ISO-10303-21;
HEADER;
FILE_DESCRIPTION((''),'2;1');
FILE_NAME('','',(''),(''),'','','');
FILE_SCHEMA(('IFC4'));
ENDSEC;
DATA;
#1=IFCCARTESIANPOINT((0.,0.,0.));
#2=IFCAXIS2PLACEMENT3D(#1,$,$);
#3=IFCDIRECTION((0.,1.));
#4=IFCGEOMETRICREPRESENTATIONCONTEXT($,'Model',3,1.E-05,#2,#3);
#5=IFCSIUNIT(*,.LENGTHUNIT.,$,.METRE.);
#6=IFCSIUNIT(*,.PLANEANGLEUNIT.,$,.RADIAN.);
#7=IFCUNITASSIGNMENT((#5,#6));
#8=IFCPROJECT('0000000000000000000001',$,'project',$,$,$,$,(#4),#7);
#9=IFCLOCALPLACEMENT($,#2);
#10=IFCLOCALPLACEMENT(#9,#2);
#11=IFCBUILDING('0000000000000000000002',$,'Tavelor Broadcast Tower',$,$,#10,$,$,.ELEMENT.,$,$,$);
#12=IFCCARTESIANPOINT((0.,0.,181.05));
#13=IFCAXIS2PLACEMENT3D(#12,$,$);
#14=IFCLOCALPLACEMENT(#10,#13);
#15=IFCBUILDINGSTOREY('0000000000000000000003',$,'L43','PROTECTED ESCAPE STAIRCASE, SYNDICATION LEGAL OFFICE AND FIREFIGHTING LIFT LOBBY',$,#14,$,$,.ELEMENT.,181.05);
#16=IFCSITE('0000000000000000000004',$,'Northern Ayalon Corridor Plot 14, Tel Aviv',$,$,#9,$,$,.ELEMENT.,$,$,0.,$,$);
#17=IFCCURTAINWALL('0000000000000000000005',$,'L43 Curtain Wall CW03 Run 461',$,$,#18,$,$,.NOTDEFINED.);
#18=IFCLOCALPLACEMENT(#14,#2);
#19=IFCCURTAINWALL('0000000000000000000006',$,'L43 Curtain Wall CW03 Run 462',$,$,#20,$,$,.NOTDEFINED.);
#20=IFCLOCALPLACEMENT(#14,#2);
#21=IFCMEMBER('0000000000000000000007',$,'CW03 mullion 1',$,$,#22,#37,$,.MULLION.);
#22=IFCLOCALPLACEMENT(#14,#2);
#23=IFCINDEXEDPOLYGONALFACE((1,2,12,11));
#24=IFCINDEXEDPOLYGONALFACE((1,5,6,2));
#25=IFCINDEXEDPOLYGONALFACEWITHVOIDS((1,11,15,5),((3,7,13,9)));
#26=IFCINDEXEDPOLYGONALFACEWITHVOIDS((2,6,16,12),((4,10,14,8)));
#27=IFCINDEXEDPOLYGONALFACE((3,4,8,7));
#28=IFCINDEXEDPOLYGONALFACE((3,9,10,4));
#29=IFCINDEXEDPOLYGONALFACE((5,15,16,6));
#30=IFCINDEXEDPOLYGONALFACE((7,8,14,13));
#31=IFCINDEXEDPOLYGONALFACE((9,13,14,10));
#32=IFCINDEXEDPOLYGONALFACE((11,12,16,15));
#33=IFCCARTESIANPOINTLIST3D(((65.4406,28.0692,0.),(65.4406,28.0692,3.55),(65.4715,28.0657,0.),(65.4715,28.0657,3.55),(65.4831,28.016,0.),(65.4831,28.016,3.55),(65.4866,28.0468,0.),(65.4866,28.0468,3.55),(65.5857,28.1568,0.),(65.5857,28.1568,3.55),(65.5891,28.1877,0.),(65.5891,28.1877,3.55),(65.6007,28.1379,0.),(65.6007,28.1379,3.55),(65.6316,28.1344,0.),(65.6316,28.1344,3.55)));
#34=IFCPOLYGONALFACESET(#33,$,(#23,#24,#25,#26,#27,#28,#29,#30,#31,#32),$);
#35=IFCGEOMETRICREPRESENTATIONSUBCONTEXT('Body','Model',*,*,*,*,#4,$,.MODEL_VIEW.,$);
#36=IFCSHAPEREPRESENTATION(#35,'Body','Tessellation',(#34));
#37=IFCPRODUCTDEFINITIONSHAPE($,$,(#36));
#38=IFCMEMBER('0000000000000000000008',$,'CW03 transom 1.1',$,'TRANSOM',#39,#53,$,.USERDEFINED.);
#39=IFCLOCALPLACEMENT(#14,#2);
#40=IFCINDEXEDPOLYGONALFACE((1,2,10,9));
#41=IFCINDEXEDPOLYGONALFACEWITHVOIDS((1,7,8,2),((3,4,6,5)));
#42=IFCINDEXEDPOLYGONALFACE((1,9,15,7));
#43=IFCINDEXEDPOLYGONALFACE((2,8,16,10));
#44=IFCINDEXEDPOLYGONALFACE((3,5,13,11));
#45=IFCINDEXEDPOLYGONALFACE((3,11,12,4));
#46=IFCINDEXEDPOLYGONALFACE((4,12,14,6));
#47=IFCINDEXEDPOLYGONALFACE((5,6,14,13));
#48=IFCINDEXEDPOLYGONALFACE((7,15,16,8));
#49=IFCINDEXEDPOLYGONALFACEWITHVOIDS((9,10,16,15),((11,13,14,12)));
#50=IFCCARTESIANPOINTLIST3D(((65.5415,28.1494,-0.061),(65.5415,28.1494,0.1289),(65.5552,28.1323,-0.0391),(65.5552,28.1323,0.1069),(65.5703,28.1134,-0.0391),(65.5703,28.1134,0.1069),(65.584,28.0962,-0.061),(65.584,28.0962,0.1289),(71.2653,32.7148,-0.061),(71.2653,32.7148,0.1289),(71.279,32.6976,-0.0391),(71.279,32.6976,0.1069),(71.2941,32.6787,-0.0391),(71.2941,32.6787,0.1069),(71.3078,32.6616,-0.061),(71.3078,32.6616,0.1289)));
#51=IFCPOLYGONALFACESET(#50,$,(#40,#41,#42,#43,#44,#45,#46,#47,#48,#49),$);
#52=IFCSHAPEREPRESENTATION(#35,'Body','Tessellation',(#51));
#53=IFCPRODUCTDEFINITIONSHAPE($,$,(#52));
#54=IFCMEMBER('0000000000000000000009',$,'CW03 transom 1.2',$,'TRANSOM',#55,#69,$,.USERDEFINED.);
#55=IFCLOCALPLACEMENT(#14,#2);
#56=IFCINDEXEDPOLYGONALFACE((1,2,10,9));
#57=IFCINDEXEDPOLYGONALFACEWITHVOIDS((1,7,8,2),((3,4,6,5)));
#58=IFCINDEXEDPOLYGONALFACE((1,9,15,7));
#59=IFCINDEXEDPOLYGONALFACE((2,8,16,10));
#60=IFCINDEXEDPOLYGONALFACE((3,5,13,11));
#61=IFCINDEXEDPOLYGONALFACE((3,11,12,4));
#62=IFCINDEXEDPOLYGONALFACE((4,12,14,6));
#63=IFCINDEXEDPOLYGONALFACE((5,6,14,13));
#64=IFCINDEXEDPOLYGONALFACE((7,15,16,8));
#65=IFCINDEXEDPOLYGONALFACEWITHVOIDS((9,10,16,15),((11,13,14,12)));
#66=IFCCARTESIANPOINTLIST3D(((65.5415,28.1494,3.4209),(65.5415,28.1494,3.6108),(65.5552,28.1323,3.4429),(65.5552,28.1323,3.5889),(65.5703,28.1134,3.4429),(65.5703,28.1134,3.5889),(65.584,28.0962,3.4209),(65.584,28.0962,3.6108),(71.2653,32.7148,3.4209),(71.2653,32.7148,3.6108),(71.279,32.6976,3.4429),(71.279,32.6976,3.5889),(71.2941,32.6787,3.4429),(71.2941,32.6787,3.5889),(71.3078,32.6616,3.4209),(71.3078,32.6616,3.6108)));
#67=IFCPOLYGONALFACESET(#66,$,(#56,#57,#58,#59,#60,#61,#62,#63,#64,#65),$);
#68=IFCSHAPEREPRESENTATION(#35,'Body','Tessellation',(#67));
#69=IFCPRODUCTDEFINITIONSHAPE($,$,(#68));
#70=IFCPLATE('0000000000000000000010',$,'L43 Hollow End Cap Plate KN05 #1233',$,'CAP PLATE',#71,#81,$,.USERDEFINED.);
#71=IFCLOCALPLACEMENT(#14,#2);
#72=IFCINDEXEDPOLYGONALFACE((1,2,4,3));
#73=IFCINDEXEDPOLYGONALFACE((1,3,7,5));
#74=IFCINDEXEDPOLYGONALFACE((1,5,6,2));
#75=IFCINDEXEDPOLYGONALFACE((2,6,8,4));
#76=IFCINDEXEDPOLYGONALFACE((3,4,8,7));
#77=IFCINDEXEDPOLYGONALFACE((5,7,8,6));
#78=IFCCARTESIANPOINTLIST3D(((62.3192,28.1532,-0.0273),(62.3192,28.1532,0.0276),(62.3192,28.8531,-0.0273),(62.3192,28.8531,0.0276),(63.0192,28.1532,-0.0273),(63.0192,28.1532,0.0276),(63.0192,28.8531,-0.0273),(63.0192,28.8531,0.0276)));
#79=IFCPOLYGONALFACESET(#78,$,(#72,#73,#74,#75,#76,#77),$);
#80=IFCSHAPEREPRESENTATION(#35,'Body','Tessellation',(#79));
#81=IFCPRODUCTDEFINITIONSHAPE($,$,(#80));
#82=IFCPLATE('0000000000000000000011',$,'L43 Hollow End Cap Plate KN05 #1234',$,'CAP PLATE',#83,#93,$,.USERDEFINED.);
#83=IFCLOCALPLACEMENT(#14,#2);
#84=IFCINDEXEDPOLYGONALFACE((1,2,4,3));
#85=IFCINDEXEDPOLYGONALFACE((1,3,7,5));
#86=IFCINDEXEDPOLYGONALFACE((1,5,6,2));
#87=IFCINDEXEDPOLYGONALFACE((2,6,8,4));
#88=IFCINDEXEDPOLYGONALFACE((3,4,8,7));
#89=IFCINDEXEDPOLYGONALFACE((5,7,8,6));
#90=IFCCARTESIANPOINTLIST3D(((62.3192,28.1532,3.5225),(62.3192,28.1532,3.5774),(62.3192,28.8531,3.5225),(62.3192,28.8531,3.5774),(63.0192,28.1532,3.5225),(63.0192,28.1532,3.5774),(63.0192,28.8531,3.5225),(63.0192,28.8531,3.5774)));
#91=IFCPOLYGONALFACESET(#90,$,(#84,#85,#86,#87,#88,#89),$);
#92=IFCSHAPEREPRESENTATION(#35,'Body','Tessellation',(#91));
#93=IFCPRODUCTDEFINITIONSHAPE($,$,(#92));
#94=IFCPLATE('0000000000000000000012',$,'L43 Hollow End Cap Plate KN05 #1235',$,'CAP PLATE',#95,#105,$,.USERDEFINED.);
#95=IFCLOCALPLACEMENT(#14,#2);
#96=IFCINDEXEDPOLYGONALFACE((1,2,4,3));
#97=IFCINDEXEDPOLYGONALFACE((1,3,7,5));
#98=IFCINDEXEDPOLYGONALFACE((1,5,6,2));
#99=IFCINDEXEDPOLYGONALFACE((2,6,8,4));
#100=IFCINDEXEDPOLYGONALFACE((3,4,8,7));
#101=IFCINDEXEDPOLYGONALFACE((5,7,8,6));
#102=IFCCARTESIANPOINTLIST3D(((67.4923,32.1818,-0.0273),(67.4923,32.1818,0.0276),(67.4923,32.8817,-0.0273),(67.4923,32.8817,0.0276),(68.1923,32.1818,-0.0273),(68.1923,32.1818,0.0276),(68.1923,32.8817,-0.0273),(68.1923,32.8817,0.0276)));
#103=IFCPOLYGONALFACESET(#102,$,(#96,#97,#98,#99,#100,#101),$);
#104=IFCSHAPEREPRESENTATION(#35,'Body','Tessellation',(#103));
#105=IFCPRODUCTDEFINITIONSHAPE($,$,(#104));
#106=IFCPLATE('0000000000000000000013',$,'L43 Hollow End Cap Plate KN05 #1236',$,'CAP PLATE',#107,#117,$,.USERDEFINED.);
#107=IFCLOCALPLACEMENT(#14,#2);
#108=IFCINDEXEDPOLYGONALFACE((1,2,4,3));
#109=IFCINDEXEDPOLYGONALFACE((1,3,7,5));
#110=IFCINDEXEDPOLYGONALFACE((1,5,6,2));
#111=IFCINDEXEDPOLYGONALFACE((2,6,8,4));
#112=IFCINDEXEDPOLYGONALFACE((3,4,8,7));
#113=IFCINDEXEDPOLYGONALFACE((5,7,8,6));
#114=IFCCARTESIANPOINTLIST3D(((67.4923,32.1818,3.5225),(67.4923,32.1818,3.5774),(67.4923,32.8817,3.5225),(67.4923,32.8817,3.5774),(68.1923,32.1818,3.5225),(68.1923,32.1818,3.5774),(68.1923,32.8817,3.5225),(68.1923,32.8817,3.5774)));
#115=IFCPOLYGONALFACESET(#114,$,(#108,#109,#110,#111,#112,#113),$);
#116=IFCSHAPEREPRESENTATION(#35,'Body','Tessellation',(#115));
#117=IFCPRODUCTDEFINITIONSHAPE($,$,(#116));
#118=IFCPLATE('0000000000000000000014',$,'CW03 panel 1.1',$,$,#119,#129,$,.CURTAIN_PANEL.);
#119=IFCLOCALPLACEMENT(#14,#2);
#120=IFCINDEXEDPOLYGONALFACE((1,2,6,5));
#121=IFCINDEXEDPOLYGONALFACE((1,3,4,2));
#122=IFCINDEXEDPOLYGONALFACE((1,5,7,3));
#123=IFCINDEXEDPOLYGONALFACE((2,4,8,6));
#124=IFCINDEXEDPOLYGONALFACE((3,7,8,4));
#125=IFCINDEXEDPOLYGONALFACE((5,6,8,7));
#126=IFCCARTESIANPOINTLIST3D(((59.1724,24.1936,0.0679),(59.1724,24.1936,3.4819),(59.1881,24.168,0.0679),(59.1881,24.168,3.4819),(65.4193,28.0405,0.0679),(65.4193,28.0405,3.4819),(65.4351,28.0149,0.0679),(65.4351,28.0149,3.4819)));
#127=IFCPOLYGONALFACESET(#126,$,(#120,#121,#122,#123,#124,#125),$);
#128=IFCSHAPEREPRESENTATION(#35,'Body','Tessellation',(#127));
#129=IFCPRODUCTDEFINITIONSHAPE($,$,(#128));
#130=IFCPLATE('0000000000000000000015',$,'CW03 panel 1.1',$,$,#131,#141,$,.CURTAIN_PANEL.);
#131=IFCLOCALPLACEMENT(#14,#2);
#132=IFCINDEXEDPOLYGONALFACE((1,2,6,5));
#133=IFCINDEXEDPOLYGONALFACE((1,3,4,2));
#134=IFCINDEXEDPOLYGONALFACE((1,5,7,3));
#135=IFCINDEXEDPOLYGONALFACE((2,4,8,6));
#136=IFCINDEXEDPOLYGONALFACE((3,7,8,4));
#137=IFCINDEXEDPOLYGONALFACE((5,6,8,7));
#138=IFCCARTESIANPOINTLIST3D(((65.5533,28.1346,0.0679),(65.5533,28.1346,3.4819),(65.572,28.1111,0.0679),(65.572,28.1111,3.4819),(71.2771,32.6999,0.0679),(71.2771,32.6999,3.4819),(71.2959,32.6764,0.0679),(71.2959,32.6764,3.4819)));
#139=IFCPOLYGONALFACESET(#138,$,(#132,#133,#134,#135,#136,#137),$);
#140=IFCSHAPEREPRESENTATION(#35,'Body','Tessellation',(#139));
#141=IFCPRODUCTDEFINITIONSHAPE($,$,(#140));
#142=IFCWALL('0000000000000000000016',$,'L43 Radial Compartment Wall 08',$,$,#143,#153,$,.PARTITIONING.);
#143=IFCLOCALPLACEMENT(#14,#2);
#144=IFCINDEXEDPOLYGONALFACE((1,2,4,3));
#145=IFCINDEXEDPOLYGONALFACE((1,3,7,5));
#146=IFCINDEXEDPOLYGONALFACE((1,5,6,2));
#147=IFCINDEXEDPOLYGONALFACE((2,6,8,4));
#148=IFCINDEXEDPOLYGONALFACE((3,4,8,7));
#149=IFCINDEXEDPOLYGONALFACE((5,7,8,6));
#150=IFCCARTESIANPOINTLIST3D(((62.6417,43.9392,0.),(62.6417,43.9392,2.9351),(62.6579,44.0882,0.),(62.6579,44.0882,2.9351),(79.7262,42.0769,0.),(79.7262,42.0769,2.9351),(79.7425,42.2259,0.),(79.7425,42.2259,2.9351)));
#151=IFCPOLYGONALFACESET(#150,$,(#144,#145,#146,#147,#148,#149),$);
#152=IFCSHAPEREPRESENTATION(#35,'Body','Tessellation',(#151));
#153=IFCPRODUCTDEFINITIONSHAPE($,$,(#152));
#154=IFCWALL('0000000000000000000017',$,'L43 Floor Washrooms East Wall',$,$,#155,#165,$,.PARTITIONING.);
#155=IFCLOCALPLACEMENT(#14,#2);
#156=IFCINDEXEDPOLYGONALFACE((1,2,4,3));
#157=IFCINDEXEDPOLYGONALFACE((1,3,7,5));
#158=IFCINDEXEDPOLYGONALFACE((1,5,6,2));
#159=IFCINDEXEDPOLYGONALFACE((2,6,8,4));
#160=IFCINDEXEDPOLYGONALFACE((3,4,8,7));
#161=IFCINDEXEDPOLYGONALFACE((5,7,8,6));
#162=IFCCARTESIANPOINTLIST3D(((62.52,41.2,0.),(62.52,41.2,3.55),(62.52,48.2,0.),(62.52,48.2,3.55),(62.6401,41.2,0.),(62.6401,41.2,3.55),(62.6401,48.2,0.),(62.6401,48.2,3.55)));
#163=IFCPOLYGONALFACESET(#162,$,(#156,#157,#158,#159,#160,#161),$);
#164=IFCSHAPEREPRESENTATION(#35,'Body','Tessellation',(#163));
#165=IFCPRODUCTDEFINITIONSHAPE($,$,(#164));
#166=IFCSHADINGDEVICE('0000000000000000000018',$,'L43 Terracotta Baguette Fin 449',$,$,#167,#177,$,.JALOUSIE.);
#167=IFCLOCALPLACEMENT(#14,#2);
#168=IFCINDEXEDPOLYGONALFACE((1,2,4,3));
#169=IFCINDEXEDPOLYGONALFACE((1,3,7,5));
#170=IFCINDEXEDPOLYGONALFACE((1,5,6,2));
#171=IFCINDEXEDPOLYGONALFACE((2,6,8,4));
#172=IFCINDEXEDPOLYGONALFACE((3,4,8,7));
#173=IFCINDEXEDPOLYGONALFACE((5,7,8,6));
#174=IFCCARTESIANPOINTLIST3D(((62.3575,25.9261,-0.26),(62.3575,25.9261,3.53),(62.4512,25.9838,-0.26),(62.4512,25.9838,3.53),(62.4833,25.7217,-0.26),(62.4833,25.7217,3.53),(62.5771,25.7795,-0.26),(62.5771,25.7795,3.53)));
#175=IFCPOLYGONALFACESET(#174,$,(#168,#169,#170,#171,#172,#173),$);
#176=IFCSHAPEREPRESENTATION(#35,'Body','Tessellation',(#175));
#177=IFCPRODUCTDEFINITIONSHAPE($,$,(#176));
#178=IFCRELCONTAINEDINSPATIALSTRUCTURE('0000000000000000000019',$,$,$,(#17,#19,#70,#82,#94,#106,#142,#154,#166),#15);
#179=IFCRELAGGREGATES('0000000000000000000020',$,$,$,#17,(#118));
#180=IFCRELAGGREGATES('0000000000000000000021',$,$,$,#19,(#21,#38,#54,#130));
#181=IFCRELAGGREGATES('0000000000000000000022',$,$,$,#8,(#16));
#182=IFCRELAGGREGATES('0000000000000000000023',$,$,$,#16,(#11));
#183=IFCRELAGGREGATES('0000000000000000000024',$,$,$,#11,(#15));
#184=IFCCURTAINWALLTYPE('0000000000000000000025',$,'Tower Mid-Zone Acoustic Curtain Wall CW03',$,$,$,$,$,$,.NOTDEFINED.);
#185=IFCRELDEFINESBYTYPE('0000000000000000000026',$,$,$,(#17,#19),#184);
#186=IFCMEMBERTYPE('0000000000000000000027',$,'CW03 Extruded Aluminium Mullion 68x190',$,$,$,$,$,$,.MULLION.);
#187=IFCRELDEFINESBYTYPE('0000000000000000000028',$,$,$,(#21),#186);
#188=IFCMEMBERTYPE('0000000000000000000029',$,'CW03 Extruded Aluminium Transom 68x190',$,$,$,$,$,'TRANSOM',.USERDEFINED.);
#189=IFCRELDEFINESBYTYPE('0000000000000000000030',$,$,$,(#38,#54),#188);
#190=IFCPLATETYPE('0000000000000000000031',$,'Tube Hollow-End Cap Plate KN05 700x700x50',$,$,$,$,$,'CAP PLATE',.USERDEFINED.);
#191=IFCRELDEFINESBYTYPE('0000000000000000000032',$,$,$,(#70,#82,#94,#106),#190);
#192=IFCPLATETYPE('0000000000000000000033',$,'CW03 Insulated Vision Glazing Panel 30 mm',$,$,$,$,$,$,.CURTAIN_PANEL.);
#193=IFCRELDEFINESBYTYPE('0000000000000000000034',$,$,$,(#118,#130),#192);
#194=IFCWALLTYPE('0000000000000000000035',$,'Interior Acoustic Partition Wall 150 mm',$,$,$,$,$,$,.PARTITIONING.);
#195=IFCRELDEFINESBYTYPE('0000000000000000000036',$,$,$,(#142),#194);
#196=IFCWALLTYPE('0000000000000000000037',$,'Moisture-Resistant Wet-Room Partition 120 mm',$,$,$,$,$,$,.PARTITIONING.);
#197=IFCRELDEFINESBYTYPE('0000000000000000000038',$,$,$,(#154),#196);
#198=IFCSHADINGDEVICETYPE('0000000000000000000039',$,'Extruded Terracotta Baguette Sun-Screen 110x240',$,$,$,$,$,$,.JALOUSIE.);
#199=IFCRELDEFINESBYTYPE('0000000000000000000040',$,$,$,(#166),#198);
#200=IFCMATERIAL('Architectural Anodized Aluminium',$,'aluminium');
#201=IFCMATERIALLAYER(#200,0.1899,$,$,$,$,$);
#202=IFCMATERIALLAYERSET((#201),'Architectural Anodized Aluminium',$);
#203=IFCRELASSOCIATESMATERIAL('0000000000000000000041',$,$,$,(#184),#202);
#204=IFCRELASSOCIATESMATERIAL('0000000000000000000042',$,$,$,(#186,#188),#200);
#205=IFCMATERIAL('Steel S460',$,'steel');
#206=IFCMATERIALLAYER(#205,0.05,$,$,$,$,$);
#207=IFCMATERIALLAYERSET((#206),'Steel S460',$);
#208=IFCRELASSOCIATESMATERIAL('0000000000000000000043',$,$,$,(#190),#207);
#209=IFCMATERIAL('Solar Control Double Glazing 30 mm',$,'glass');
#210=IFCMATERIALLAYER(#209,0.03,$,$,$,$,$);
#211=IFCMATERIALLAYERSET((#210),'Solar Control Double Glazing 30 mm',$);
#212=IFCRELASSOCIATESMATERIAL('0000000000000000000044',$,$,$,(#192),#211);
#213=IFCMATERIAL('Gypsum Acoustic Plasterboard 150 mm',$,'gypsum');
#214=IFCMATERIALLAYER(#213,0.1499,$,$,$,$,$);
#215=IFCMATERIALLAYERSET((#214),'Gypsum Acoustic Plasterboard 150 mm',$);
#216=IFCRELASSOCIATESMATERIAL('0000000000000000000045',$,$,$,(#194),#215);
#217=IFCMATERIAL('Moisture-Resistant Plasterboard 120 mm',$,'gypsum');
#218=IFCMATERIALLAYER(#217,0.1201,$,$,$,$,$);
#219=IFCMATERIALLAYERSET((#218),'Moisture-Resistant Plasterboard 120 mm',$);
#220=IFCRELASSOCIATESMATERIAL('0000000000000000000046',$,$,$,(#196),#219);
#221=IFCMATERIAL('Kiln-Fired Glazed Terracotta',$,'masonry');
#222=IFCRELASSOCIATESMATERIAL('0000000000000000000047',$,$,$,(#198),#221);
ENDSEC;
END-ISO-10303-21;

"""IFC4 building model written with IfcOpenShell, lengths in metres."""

from ifc_helpers import new_model, si_unit, direction, frame, frame_2d, origin, origin_2d, place, context, subcontext, project, spatial, rectangle, hollow_rectangle, extrude, source, transform, mapped, material, layer, layer_set, material_profile, profile_set, type_object, type_shapes, element, aggregate, save


model = new_model("IFC4")

# Units and contexts
model_context = context("Model", 3, precision=1e-05, world=origin(), true_north=direction((0.0, 1.0)))
body_context = subcontext(model_context, "Body", "Model", "MODEL_VIEW")
ifc_project = project(units=[si_unit("LENGTHUNIT", "METRE"), si_unit("PLANEANGLEUNIT", "RADIAN")], contexts=[model_context])

# Site, building, storey
site_placement = place(None, origin())
site = spatial("IfcSite", under=ifc_project, at=site_placement, Name="Northern Ayalon Corridor Plot 14, Tel Aviv", CompositionType="ELEMENT", RefElevation=0.0)
building_placement = place(site_placement, origin())
building = spatial("IfcBuilding", under=site, at=building_placement, Name="Tavelor Broadcast Tower", CompositionType="ELEMENT")
storey_placement = place(building_placement, frame((0.0, 0.0, 181.05)))
storey = spatial("IfcBuildingStorey", under=building, at=storey_placement, Name="L43", Description="PROTECTED ESCAPE STAIRCASE, SYNDICATION LEGAL OFFICE AND FIREFIGHTING LIFT LOBBY", CompositionType="ELEMENT", Elevation=181.05)

# Shared definitions
ifc_material_1 = material(Name="Steel S460", Category="steel")

# Curtain wall
ifc_material_2 = material(Name="Architectural Anodized Aluminium", Category="aluminium")
ifc_layer_1 = layer(ifc_material_2, 0.1899)
ifc_layer_set_1 = layer_set([ifc_layer_1], Name="Architectural Anodized Aluminium")
curtain_wall_type = type_object("IfcCurtainWallType", Name="Tower Mid-Zone Acoustic Curtain Wall CW03", PredefinedType="NOTDEFINED", material=ifc_layer_set_1)
curtain_wall_1_placement = place(storey_placement, origin())
curtain_wall_1 = element("IfcCurtainWall", 1, at=curtain_wall_1_placement, inside=storey, type_object=curtain_wall_type, Name="L43 Curtain Wall CW03 Run 461", PredefinedType="NOTDEFINED")
ifc_material_profile_1 = material_profile(ifc_material_2, hollow_rectangle(XDim=0.0681, YDim=0.1899, WallThickness=0.022, at=origin_2d()), Name="RHS 68x190x22")
ifc_profile_set_1 = profile_set([ifc_material_profile_1], Name="Architectural Anodized Aluminium")
member_type_1 = type_object("IfcMemberType", Name="CW03 Extruded Aluminium Mullion 68x190", PredefinedType="MULLION", material=ifc_profile_set_1)
shared_shape_1 = source(origin(), body_context, "Body", "SweptSolid", [
    extrude(hollow_rectangle(XDim=0.0681, YDim=0.1899, WallThickness=0.022, at=origin_2d()), origin(), (0.0, 0.0, 1.0), 3.55),
])
type_shapes(member_type_1, [shared_shape_1])

# Curtain wall, members
curtain_wall_2_placement = place(storey_placement, origin())
curtain_wall_2 = element("IfcCurtainWall", 2, at=curtain_wall_2_placement, inside=storey, type_object=curtain_wall_type, Name="L43 Curtain Wall CW03 Run 462", PredefinedType="NOTDEFINED")
member_1_placement = place(storey_placement, frame((65.5361, 28.1018, 0.0), z_axis=(0.0, 0.0, 1.0), x_axis=(-0.623545, 0.781788, 0.0)))
member_1 = element("IfcMember", 3, at=member_1_placement, type_object=member_type_1, Name="CW03 mullion 1", PredefinedType="MULLION", context=body_context, shape_type="MappedRepresentation", body=[
    mapped(shared_shape_1, transform((0.0, 0.0, 0.0), scale=1.0)),
])
ifc_material_profile_2 = material_profile(ifc_material_2, hollow_rectangle(XDim=0.0681, YDim=0.1899, WallThickness=0.022, at=origin_2d()), Name="RHS 68x190x22")
ifc_profile_set_2 = profile_set([ifc_material_profile_2], Name="Architectural Anodized Aluminium")
member_type_2 = type_object("IfcMemberType", Name="CW03 Extruded Aluminium Transom 68x190", ElementType="TRANSOM", PredefinedType="USERDEFINED", material=ifc_profile_set_2)
shared_shape_2 = source(origin(), body_context, "Body", "SweptSolid", [
    extrude(hollow_rectangle(XDim=0.0681, YDim=0.1899, WallThickness=0.022, at=origin_2d()), origin(), (0.0, 0.0, 1.0), 7.3215),
])
type_shapes(member_type_2, [shared_shape_2])
member_2_placement = place(storey_placement, frame((65.5627, 28.1228, 0.0339), z_axis=(0.781779, 0.623556, 0.0), x_axis=(-0.623556, 0.781779, 0.0)))
member_2 = element("IfcMember", 4, at=member_2_placement, type_object=member_type_2, Name="CW03 transom 1.1", ObjectType="TRANSOM", PredefinedType="USERDEFINED", context=body_context, shape_type="MappedRepresentation", body=[
    mapped(shared_shape_2, transform((0.0, 0.0, 0.0), scale=1.0)),
])
member_3_placement = place(storey_placement, frame((65.5627, 28.1228, 3.5159), z_axis=(0.781779, 0.623556, 0.0), x_axis=(-0.623556, 0.781779, 0.0)))
member_3 = element("IfcMember", 5, at=member_3_placement, type_object=member_type_2, Name="CW03 transom 1.2", ObjectType="TRANSOM", PredefinedType="USERDEFINED", context=body_context, shape_type="MappedRepresentation", body=[
    mapped(shared_shape_2, transform((0.0, 0.0, 0.0), scale=1.0)),
])

# Plates
ifc_layer_2 = layer(ifc_material_1, 0.05)
ifc_layer_set_2 = layer_set([ifc_layer_2], Name="Steel S460")
plate_type_1 = type_object("IfcPlateType", Name="Tube Hollow-End Cap Plate KN05 700x700x50", ElementType="CAP PLATE", PredefinedType="USERDEFINED", material=ifc_layer_set_2)
shared_shape_3 = source(origin(), body_context, "Body", "SweptSolid", [
    extrude(rectangle(XDim=0.7, YDim=0.7, at=origin_2d()), origin(), (0.0, 0.0, 1.0), 0.0549),
])
type_shapes(plate_type_1, [shared_shape_3])
for number, where, z_axis, x_axis, name in (
    (6, (62.6692, 28.5032, -0.0273), (0.0, 0.0, 1.0), (1.0, 0.0, 0.0), "L43 Hollow End Cap Plate KN05 #1233"),
    (7, (62.6692, 28.5032, 3.5225), (0.0, 0.0, 1.0), (1.0, 0.0, 0.0), "L43 Hollow End Cap Plate KN05 #1234"),
    (8, (67.8423, 32.5317, -0.0273), (0.0, 0.0, 1.0), (1.0, 0.0, 0.0), "L43 Hollow End Cap Plate KN05 #1235"),
    (9, (67.8423, 32.5317, 3.5225), (0.0, 0.0, 1.0), (1.0, 0.0, 0.0), "L43 Hollow End Cap Plate KN05 #1236"),
):
    element("IfcPlate", number, at=place(storey_placement, frame(where, z_axis=z_axis, x_axis=x_axis)), inside=storey, type_object=plate_type_1, Name=name, ObjectType="CAP PLATE", PredefinedType="USERDEFINED", context=body_context, shape_type="MappedRepresentation", body=[
        mapped(shared_shape_3, transform((0.0, 0.0, 0.0), scale=1.0)),
    ])

# Plates
ifc_material_3 = material(Name="Solar Control Double Glazing 30 mm", Category="glass")
ifc_layer_3 = layer(ifc_material_3, 0.03)
ifc_layer_set_3 = layer_set([ifc_layer_3], Name="Solar Control Double Glazing 30 mm")
plate_type_2 = type_object("IfcPlateType", Name="CW03 Insulated Vision Glazing Panel 30 mm", PredefinedType="CURTAIN_PANEL", material=ifc_layer_set_3)
shared_shape_4 = source(origin(), body_context, "Body", "SweptSolid", [
    extrude(rectangle(XDim=7.3364, YDim=0.03, at=origin_2d()), origin(), (0.0, 0.0, 1.0), 3.4141),
])
plate_1_placement = place(storey_placement, frame((62.3037, 26.1042, 0.0679), z_axis=(0.0, 0.0, 1.0), x_axis=(0.851501, 0.524353, 0.0)))
plate_1 = element("IfcPlate", 10, at=plate_1_placement, type_object=plate_type_2, Name="CW03 panel 1.1", PredefinedType="CURTAIN_PANEL", context=body_context, shape_type="MappedRepresentation", body=[
    mapped(shared_shape_4, transform((0.0, 0.0, 0.0), scale=1.0)),
])
aggregate(curtain_wall_1, [plate_1])
shared_shape_5 = source(origin(), body_context, "Body", "SweptSolid", [
    extrude(rectangle(XDim=7.3215, YDim=0.03, at=origin_2d()), origin(), (0.0, 0.0, 1.0), 3.4141),
])
type_shapes(plate_type_2, [shared_shape_4, shared_shape_5])
plate_2_placement = place(storey_placement, frame((68.4246, 30.4055, 0.0679), z_axis=(0.0, 0.0, 1.0), x_axis=(0.781788, 0.623545, 0.0)))
plate_2 = element("IfcPlate", 11, at=plate_2_placement, type_object=plate_type_2, Name="CW03 panel 1.1", PredefinedType="CURTAIN_PANEL", context=body_context, shape_type="MappedRepresentation", body=[
    mapped(shared_shape_5, transform((0.0, 0.0, 0.0), scale=1.0)),
])
aggregate(curtain_wall_2, [member_1, member_2, member_3, plate_2])

# Walls
ifc_material_4 = material(Name="Gypsum Acoustic Plasterboard 150 mm", Category="gypsum")
ifc_layer_4 = layer(ifc_material_4, 0.1499)
ifc_layer_set_4 = layer_set([ifc_layer_4], Name="Gypsum Acoustic Plasterboard 150 mm")
wall_type_1 = type_object("IfcWallType", Name="Interior Acoustic Partition Wall 150 mm", PredefinedType="PARTITIONING", material=ifc_layer_set_4)
wall_1_placement = place(storey_placement, frame((62.6499, 44.0137, 0.0), z_axis=(0.0, 0.0, 1.0), x_axis=(0.994111, -0.108364, 0.0)))
element("IfcWall", 12, at=wall_1_placement, inside=storey, type_object=wall_type_1, Name="L43 Radial Compartment Wall 08", PredefinedType="PARTITIONING", context=body_context, shape_type="SweptSolid", body=[
    extrude(rectangle(XDim=17.1858, YDim=0.1499, at=frame_2d((8.5928, 0.0))), origin(), (0.0, 0.0, 1.0), 2.9351),
])
ifc_material_5 = material(Name="Moisture-Resistant Plasterboard 120 mm", Category="gypsum")
ifc_layer_5 = layer(ifc_material_5, 0.1201)
ifc_layer_set_5 = layer_set([ifc_layer_5], Name="Moisture-Resistant Plasterboard 120 mm")
wall_type_2 = type_object("IfcWallType", Name="Moisture-Resistant Wet-Room Partition 120 mm", PredefinedType="PARTITIONING", material=ifc_layer_set_5)
wall_2_placement = place(storey_placement, frame((62.5801, 41.2, 0.0), z_axis=(0.0, 0.0, 1.0), x_axis=(0.0, 1.0, 0.0)))
element("IfcWall", 13, at=wall_2_placement, inside=storey, type_object=wall_type_2, Name="L43 Floor Washrooms East Wall", PredefinedType="PARTITIONING", context=body_context, shape_type="SweptSolid", body=[
    extrude(rectangle(XDim=7.0, YDim=0.1201, at=frame_2d((3.5, 0.0))), origin(), (0.0, 0.0, 1.0), 3.55),
])

# Shading device
ifc_material_6 = material(Name="Kiln-Fired Glazed Terracotta", Category="masonry")
shading_device_type = type_object("IfcShadingDeviceType", Name="Extruded Terracotta Baguette Sun-Screen 110x240", PredefinedType="JALOUSIE", material=ifc_material_6)
shared_shape_6 = source(origin(), body_context, "Body", "SweptSolid", [
    extrude(rectangle(XDim=0.1101, YDim=0.24, at=origin_2d()), origin(), (0.0, 0.0, 1.0), 3.79),
])
type_shapes(shading_device_type, [shared_shape_6])
shading_device_placement = place(storey_placement, frame((62.4673, 25.8528, -0.26), z_axis=(0.0, 0.0, 1.0), x_axis=(0.851452, 0.524432, 0.0)))
element("IfcShadingDevice", 14, at=shading_device_placement, inside=storey, type_object=shading_device_type, Name="L43 Terracotta Baguette Fin 449", PredefinedType="JALOUSIE", context=body_context, shape_type="MappedRepresentation", body=[
    mapped(shared_shape_6, transform((0.0, 0.0, 0.0), scale=1.0)),
])

save(model, "model.ifc")
